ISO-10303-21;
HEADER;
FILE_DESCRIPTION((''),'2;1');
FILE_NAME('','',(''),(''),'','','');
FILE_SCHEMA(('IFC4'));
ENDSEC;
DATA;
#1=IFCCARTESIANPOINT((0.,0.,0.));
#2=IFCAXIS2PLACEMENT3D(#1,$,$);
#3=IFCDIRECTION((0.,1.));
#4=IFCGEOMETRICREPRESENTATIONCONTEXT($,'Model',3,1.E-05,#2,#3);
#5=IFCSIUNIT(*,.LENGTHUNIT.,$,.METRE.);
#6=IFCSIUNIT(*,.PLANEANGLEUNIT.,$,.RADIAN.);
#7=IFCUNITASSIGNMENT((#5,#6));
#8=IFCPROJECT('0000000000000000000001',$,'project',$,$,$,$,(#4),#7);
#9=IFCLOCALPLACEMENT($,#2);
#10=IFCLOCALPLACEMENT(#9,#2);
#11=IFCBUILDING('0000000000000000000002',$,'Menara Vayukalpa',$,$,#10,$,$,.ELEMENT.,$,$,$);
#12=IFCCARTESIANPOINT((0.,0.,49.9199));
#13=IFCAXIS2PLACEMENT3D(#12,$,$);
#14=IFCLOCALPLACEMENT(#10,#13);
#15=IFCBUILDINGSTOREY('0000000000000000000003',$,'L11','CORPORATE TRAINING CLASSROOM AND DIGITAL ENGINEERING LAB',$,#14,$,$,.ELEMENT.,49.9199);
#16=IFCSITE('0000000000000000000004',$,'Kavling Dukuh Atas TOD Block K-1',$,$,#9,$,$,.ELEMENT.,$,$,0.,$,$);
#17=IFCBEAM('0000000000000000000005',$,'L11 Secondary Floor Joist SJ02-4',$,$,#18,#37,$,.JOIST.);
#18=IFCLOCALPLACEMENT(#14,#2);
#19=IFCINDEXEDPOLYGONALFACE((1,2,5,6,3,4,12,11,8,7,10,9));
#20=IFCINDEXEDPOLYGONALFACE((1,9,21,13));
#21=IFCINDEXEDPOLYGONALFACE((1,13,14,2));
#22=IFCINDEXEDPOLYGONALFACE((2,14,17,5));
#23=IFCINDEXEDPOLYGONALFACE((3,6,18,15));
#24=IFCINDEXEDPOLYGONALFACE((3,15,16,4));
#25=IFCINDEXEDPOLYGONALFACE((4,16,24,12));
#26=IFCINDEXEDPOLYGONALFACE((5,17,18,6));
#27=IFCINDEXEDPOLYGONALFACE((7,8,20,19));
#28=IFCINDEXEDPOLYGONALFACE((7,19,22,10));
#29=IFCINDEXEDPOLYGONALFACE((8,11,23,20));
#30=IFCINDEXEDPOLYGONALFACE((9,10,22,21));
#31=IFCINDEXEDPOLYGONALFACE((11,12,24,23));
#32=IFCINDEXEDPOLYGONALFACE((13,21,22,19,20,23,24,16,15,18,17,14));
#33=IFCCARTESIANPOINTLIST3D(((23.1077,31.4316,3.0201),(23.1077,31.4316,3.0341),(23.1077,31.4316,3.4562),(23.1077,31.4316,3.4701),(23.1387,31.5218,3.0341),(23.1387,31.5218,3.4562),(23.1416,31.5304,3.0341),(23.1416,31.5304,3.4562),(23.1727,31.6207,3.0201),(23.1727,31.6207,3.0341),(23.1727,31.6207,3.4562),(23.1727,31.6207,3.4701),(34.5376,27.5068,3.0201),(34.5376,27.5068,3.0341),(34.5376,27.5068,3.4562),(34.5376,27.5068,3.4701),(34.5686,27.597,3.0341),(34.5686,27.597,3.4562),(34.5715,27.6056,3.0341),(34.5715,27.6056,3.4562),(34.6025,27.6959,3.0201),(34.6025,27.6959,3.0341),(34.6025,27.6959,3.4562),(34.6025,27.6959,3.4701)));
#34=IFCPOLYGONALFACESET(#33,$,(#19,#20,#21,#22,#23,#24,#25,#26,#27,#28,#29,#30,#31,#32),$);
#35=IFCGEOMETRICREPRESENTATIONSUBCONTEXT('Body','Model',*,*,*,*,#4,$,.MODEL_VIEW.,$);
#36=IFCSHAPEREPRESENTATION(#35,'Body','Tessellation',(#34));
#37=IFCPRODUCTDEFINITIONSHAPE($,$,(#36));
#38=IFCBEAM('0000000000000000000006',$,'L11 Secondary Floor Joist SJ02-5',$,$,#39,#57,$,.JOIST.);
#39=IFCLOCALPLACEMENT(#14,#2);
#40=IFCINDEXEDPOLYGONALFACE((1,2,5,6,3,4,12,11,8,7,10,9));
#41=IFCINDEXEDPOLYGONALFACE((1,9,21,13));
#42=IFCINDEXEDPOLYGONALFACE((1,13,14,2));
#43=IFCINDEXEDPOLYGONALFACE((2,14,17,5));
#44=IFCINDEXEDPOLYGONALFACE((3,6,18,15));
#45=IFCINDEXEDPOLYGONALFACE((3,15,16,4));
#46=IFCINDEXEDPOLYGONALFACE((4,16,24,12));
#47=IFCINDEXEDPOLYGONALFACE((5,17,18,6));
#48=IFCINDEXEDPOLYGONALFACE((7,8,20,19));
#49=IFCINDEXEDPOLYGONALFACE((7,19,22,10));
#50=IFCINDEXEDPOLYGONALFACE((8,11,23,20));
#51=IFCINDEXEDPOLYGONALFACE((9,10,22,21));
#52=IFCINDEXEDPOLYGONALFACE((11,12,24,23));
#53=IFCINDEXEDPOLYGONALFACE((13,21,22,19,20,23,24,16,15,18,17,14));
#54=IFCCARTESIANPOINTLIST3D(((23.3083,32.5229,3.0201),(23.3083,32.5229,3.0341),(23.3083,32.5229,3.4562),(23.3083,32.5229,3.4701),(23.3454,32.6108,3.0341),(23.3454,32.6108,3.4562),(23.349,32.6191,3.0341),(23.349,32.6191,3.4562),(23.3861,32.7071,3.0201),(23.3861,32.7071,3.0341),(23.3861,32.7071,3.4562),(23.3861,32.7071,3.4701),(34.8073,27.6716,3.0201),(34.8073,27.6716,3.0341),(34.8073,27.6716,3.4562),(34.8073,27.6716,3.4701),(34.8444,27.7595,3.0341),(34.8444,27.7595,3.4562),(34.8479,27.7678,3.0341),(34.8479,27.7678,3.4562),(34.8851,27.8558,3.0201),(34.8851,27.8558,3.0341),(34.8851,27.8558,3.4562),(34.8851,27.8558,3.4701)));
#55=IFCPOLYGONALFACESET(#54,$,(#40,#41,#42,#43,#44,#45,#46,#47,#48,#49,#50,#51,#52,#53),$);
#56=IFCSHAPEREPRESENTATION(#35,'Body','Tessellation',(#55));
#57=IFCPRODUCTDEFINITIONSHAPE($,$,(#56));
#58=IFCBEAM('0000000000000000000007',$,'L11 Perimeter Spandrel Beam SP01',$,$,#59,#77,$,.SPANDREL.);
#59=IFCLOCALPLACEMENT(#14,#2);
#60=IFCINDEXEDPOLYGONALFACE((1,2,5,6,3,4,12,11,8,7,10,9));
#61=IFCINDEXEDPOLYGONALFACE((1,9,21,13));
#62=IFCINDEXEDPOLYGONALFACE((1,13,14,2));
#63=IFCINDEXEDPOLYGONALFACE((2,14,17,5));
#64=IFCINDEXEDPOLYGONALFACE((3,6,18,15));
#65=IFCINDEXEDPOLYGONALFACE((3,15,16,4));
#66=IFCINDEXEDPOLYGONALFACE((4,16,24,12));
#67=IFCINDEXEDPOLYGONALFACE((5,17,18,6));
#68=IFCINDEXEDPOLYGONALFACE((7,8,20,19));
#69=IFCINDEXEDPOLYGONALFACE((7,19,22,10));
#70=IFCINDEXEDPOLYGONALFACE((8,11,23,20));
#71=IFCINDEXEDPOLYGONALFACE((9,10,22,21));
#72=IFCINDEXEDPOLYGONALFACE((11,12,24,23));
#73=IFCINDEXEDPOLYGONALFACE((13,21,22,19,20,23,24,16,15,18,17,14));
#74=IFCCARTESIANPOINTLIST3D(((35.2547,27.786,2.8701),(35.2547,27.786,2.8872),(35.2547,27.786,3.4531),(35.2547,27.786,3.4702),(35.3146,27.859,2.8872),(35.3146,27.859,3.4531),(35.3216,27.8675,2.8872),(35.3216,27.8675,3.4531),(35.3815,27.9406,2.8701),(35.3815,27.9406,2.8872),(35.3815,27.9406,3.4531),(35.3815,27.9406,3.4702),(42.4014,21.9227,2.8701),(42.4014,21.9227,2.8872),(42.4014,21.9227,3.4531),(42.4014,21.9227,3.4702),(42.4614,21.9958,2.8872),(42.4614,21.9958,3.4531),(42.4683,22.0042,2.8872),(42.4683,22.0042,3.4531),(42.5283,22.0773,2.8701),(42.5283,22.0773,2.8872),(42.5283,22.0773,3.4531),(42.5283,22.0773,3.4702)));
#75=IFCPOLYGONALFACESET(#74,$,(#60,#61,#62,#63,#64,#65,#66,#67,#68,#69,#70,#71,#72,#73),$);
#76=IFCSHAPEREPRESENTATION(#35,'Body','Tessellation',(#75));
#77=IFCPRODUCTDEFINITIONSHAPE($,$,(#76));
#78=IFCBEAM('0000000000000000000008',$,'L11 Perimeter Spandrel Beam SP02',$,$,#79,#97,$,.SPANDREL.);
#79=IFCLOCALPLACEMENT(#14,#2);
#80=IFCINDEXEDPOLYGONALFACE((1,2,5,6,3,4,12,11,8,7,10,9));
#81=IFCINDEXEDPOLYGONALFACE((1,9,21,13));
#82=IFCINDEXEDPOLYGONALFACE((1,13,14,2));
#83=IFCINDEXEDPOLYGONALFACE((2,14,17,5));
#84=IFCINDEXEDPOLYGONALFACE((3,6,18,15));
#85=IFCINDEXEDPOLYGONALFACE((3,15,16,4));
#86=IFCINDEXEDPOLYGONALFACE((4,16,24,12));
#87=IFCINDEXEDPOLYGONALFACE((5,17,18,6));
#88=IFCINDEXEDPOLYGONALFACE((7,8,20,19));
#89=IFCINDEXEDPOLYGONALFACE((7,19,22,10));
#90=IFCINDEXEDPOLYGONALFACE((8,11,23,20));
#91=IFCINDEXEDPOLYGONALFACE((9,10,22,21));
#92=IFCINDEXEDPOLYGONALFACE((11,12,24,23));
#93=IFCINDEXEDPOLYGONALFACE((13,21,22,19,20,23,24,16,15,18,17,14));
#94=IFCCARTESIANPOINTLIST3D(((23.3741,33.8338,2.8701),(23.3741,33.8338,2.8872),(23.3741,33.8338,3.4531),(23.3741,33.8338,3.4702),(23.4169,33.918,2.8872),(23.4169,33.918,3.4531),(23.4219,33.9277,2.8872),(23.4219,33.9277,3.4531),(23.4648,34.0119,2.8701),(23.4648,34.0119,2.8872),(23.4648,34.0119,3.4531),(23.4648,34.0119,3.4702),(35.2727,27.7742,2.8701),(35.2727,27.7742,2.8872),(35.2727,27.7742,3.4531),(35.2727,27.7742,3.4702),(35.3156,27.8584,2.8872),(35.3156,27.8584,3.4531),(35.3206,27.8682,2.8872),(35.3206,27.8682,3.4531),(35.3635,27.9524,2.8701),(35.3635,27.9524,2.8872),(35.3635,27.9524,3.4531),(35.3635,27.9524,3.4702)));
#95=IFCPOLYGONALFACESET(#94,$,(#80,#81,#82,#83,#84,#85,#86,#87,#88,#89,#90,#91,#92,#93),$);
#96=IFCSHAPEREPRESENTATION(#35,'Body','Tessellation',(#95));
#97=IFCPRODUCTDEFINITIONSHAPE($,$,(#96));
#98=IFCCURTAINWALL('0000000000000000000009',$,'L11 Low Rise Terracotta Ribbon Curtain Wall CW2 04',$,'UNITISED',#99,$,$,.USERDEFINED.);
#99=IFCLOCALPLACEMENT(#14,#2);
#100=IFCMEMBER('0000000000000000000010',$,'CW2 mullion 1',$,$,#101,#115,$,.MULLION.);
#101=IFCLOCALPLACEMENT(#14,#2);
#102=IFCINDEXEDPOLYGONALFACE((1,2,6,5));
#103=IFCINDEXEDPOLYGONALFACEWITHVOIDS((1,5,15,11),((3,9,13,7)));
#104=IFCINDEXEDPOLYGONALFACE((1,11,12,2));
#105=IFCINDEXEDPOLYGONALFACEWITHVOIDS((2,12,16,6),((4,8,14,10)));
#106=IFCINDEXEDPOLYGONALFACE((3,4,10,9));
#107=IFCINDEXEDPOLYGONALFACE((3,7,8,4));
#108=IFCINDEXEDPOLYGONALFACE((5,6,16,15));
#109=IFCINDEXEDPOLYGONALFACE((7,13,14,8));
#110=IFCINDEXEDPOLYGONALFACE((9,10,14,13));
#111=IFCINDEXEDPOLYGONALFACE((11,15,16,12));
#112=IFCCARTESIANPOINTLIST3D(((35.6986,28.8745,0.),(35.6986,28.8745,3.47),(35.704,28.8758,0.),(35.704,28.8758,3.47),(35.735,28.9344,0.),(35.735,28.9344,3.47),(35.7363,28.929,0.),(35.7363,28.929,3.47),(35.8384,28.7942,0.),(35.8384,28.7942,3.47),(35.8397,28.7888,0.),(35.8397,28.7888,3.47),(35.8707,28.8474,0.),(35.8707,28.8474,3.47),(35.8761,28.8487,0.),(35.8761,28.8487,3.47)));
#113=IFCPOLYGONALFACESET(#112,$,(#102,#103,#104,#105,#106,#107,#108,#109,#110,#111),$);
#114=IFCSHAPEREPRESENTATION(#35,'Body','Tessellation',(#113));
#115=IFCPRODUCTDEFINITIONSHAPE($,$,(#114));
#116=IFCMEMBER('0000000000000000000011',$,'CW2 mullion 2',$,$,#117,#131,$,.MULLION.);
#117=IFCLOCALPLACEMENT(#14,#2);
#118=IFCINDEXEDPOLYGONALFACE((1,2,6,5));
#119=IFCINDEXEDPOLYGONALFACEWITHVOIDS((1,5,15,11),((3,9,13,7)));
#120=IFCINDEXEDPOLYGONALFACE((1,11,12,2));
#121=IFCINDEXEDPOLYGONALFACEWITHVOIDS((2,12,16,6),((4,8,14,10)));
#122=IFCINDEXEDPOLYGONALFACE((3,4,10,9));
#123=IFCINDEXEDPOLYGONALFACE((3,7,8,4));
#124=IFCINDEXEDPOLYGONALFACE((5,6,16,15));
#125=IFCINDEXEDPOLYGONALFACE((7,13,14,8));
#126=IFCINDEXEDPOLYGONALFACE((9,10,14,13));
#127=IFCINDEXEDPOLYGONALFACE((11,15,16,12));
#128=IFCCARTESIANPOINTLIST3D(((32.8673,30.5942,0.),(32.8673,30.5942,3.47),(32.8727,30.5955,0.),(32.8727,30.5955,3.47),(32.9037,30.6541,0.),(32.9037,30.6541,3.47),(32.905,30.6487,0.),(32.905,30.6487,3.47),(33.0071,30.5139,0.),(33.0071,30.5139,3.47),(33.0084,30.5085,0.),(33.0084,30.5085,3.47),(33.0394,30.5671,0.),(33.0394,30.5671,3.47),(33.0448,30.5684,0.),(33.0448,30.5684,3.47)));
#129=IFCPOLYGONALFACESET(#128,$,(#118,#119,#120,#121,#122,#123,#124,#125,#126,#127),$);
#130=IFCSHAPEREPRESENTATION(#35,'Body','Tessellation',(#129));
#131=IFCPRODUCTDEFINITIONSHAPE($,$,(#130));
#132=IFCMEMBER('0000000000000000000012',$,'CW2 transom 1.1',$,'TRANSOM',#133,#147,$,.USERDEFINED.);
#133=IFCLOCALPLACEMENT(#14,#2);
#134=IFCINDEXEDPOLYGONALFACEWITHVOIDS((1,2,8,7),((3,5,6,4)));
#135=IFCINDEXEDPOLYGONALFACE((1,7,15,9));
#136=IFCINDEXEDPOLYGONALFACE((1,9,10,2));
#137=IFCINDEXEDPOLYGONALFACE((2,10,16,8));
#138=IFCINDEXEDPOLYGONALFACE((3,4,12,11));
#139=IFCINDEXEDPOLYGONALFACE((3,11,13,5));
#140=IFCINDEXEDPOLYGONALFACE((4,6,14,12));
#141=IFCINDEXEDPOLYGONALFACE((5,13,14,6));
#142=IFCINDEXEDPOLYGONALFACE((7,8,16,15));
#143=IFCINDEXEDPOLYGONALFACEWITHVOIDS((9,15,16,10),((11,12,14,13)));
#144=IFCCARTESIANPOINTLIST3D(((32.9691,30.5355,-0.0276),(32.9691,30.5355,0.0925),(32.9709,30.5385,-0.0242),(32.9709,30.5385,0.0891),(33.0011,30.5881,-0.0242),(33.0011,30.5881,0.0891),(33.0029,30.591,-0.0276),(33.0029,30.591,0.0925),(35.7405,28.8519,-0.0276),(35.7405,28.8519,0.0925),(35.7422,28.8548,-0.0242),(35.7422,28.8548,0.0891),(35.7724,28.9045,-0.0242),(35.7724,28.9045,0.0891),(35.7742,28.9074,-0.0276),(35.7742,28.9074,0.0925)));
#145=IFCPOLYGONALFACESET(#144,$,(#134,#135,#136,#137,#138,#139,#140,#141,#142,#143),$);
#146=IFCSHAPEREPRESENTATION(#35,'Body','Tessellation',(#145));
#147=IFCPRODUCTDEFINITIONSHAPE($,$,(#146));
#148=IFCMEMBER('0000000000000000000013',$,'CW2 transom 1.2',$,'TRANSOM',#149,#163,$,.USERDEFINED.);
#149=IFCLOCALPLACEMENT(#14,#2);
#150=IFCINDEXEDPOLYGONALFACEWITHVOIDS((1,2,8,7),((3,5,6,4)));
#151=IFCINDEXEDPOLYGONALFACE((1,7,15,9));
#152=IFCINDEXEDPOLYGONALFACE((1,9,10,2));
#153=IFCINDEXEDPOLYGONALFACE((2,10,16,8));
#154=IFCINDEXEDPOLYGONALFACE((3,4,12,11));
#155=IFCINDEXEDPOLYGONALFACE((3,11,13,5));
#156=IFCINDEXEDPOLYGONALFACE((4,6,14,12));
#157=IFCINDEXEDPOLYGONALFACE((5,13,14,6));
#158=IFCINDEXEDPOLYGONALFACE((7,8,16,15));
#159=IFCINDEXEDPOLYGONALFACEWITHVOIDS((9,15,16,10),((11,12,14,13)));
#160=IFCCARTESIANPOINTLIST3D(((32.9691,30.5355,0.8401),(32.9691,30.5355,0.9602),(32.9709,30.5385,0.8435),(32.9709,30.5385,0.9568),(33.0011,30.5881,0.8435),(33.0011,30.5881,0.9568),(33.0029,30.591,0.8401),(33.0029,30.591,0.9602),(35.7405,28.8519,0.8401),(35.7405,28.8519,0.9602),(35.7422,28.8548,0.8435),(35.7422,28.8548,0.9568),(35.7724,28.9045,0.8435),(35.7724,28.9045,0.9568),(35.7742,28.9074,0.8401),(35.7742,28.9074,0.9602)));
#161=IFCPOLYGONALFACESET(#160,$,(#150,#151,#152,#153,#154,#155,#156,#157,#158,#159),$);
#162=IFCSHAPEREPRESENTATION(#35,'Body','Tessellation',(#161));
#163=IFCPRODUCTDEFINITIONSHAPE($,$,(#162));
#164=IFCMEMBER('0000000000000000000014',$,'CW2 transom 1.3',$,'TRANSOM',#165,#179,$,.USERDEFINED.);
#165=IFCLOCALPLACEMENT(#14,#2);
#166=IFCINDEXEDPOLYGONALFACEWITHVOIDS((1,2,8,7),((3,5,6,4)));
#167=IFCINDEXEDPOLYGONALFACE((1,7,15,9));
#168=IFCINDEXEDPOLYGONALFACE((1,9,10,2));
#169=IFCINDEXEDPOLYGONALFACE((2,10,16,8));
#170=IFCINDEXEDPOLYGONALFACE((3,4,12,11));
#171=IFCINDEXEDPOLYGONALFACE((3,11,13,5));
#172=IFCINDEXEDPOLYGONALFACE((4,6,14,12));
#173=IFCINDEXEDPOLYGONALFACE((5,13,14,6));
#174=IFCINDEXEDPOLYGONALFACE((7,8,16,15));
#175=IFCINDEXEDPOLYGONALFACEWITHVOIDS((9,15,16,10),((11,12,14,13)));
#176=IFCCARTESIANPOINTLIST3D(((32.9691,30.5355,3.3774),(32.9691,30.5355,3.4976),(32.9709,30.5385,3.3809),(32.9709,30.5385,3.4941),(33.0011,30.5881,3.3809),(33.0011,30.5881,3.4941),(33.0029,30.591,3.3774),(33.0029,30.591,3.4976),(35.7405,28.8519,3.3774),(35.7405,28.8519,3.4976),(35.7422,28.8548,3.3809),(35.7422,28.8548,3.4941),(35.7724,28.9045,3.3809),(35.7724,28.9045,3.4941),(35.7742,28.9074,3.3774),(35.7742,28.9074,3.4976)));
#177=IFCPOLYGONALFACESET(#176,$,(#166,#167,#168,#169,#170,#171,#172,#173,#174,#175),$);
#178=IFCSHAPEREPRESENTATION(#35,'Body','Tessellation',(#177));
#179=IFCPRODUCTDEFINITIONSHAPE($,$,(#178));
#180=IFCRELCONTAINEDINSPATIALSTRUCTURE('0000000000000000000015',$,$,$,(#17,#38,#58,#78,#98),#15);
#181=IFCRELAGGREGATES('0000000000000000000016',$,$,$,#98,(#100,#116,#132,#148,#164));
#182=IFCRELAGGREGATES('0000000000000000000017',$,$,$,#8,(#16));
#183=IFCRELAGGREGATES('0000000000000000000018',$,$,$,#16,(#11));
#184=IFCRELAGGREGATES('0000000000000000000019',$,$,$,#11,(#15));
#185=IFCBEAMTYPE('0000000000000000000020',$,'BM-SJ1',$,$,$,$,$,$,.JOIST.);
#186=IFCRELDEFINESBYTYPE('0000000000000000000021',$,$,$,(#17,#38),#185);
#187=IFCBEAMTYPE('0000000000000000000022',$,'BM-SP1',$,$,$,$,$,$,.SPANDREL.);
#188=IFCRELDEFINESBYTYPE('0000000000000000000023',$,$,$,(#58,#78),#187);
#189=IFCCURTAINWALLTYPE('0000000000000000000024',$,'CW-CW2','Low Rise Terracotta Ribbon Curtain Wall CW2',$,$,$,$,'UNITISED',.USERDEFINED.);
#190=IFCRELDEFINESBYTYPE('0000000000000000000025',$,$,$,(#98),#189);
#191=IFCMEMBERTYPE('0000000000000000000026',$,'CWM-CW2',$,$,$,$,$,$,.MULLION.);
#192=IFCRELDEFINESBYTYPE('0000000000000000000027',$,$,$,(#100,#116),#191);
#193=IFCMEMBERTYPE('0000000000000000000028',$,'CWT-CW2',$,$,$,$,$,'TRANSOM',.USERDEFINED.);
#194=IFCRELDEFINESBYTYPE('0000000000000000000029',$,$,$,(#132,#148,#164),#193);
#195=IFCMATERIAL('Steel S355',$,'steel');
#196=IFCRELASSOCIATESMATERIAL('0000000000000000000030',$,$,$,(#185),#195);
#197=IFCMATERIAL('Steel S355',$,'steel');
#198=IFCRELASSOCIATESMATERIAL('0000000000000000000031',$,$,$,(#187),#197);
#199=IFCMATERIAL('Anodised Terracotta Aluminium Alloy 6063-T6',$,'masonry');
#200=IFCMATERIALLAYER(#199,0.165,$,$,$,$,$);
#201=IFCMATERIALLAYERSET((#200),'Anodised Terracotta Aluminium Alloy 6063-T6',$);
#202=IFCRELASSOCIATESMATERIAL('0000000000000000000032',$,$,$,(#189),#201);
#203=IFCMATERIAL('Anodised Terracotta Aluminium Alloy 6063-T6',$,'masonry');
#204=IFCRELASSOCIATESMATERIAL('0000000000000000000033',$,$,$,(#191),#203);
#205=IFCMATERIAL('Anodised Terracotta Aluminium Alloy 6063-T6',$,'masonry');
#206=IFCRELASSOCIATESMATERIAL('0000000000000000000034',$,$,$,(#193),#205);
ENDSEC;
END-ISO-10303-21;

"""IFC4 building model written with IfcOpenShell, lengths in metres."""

from ifc_helpers import new_model, si_unit, direction, frame, origin, origin_2d, place, context, subcontext, project, spatial, hollow_rectangle, i_section, extrude, material, layer, layer_set, material_profile, profile_set, type_object, element, aggregate, save


model = new_model("IFC4")

# Units and contexts
model_context = context("Model", 3, precision=1e-05, world=origin(), true_north=direction((0.0, 1.0)))
body_context = subcontext(model_context, "Body", "Model", "MODEL_VIEW")
ifc_project = project(units=[si_unit("LENGTHUNIT", "METRE"), si_unit("PLANEANGLEUNIT", "RADIAN")], contexts=[model_context])

# Site, building, storey
site_placement = place(None, origin())
site = spatial("IfcSite", under=ifc_project, at=site_placement, Name="Kavling Dukuh Atas TOD Block K-1", CompositionType="ELEMENT", RefElevation=0.0)
building_placement = place(site_placement, origin())
building = spatial("IfcBuilding", under=site, at=building_placement, Name="Menara Vayukalpa", CompositionType="ELEMENT")
storey_placement = place(building_placement, frame((0.0, 0.0, 49.9199)))
storey = spatial("IfcBuildingStorey", under=building, at=storey_placement, Name="L11", Description="CORPORATE TRAINING CLASSROOM AND DIGITAL ENGINEERING LAB", CompositionType="ELEMENT", Elevation=49.9199)

# Beams
ifc_material_1 = material(Name="Steel S355", Category="steel")
ifc_material_profile_1 = material_profile(ifc_material_1, i_section(OverallWidth=0.2, OverallDepth=0.45, WebThickness=0.009, FlangeThickness=0.0139, at=origin_2d()), Name="WF 450x200x9x14")
ifc_profile_set_1 = profile_set([ifc_material_profile_1], Name="Steel S355")
beam_type_1 = type_object("IfcBeamType", Name="BM-SJ1", PredefinedType="JOIST", material=ifc_profile_set_1)
beam_1_placement = place(storey_placement, frame((34.5701, 27.6013, 3.2451), z_axis=(-0.945794, 0.324766, 0.0), x_axis=(-0.324766, -0.945794, 0.0)))
element("IfcBeam", 1, at=beam_1_placement, inside=storey, type_object=beam_type_1, Name="L11 Secondary Floor Joist SJ02-4", PredefinedType="JOIST", context=body_context, shape_type="SweptSolid", body=[
    extrude(i_section(OverallWidth=0.2, OverallDepth=0.45, WebThickness=0.009, FlangeThickness=0.0139, at=origin_2d()), origin(), (0.0, 0.0, 1.0), 12.085),
])
beam_2_placement = place(storey_placement, frame((34.8462, 27.7637, 3.2451), z_axis=(-0.921359, 0.388712, 0.0), x_axis=(-0.388712, -0.921359, 0.0)))
element("IfcBeam", 2, at=beam_2_placement, inside=storey, type_object=beam_type_1, Name="L11 Secondary Floor Joist SJ02-5", PredefinedType="JOIST", context=body_context, shape_type="SweptSolid", body=[
    extrude(i_section(OverallWidth=0.2, OverallDepth=0.45, WebThickness=0.009, FlangeThickness=0.0139, at=origin_2d()), origin(), (0.0, 0.0, 1.0), 12.4805),
])
ifc_material_2 = material(Name="Steel S355", Category="steel")
ifc_material_profile_2 = material_profile(ifc_material_2, i_section(OverallWidth=0.2, OverallDepth=0.6001, WebThickness=0.011, FlangeThickness=0.0171, at=origin_2d()), Name="WF 600x200x11x17")
ifc_profile_set_2 = profile_set([ifc_material_profile_2], Name="Steel S355")
beam_type_2 = type_object("IfcBeamType", Name="BM-SP1", PredefinedType="SPANDREL", material=ifc_profile_set_2)
beam_3_placement = place(storey_placement, frame((42.4648, 22.0, 3.1702), z_axis=(-0.773111, 0.634271, 0.0), x_axis=(-0.634271, -0.773111, 0.0)))
element("IfcBeam", 3, at=beam_3_placement, inside=storey, type_object=beam_type_2, Name="L11 Perimeter Spandrel Beam SP01", PredefinedType="SPANDREL", context=body_context, shape_type="SweptSolid", body=[
    extrude(i_section(OverallWidth=0.2, OverallDepth=0.6001, WebThickness=0.011, FlangeThickness=0.0171, at=origin_2d()), origin(), (0.0, 0.0, 1.0), 9.2441),
])
beam_4_placement = place(storey_placement, frame((35.3181, 27.8633, 3.1702), z_axis=(-0.891101, 0.453806, 0.0), x_axis=(-0.453806, -0.891101, 0.0)))
element("IfcBeam", 4, at=beam_4_placement, inside=storey, type_object=beam_type_2, Name="L11 Perimeter Spandrel Beam SP02", PredefinedType="SPANDREL", context=body_context, shape_type="SweptSolid", body=[
    extrude(i_section(OverallWidth=0.2, OverallDepth=0.6001, WebThickness=0.011, FlangeThickness=0.0171, at=origin_2d()), origin(), (0.0, 0.0, 1.0), 13.3528),
])

# Curtain wall, members
ifc_material_3 = material(Name="Anodised Terracotta Aluminium Alloy 6063-T6", Category="masonry")
ifc_layer_1 = layer(ifc_material_3, 0.165)
ifc_layer_set_1 = layer_set([ifc_layer_1], Name="Anodised Terracotta Aluminium Alloy 6063-T6")
curtain_wall_type = type_object("IfcCurtainWallType", Name="CW-CW2", Description="Low Rise Terracotta Ribbon Curtain Wall CW2", ElementType="UNITISED", PredefinedType="USERDEFINED", material=ifc_layer_set_1)
curtain_wall_placement = place(storey_placement, origin())
curtain_wall = element("IfcCurtainWall", 5, at=curtain_wall_placement, inside=storey, type_object=curtain_wall_type, Name="L11 Low Rise Terracotta Ribbon Curtain Wall CW2 04", ObjectType="UNITISED", PredefinedType="USERDEFINED")
ifc_material_4 = material(Name="Anodised Terracotta Aluminium Alloy 6063-T6", Category="masonry")
ifc_material_profile_3 = material_profile(ifc_material_4, hollow_rectangle(XDim=0.0701, YDim=0.165, WallThickness=0.0039, at=origin_2d()), Name="ALU 70x165x4")
ifc_profile_set_3 = profile_set([ifc_material_profile_3], Name="Anodised Terracotta Aluminium Alloy 6063-T6")
member_type_1 = type_object("IfcMemberType", Name="CWM-CW2", PredefinedType="MULLION", material=ifc_profile_set_3)
member_1_placement = place(storey_placement, frame((35.7874, 28.8616, 0.0), z_axis=(0.0, 0.0, 1.0), x_axis=(-0.519182, -0.854664, 0.0)))
member_1 = element("IfcMember", 6, at=member_1_placement, type_object=member_type_1, Name="CW2 mullion 1", PredefinedType="MULLION", context=body_context, shape_type="SweptSolid", body=[
    extrude(hollow_rectangle(XDim=0.0701, YDim=0.165, WallThickness=0.0039, at=origin_2d()), origin(), (0.0, 0.0, 1.0), 3.47),
])
member_2_placement = place(storey_placement, frame((32.9561, 30.5813, 0.0), z_axis=(0.0, 0.0, 1.0), x_axis=(-0.519182, -0.854664, 0.0)))
member_2 = element("IfcMember", 7, at=member_2_placement, type_object=member_type_1, Name="CW2 mullion 2", PredefinedType="MULLION", context=body_context, shape_type="SweptSolid", body=[
    extrude(hollow_rectangle(XDim=0.0701, YDim=0.165, WallThickness=0.0039, at=origin_2d()), origin(), (0.0, 0.0, 1.0), 3.47),
])
ifc_material_5 = material(Name="Anodised Terracotta Aluminium Alloy 6063-T6", Category="masonry")
ifc_material_profile_4 = material_profile(ifc_material_5, hollow_rectangle(XDim=0.0649, YDim=0.1201, WallThickness=0.0034, at=origin_2d()), Name="ALU 65x120x3.5")
ifc_profile_set_4 = profile_set([ifc_material_profile_4], Name="Anodised Terracotta Aluminium Alloy 6063-T6")
member_type_2 = type_object("IfcMemberType", Name="CWT-CW2", ElementType="TRANSOM", PredefinedType="USERDEFINED", material=ifc_profile_set_4)
member_3_placement = place(storey_placement, frame((35.7573, 28.8796, 0.0325), z_axis=(-0.854643, 0.519216, 0.0), x_axis=(-0.519216, -0.854643, 0.0)))
member_3 = element("IfcMember", 8, at=member_3_placement, type_object=member_type_2, Name="CW2 transom 1.1", ObjectType="TRANSOM", PredefinedType="USERDEFINED", context=body_context, shape_type="SweptSolid", body=[
    extrude(hollow_rectangle(XDim=0.0649, YDim=0.1201, WallThickness=0.0034, at=origin_2d()), origin(), (0.0, 0.0, 1.0), 3.2427),
])
member_4_placement = place(storey_placement, frame((35.7573, 28.8796, 0.9001), z_axis=(-0.854643, 0.519216, 0.0), x_axis=(-0.519216, -0.854643, 0.0)))
member_4 = element("IfcMember", 9, at=member_4_placement, type_object=member_type_2, Name="CW2 transom 1.2", ObjectType="TRANSOM", PredefinedType="USERDEFINED", context=body_context, shape_type="SweptSolid", body=[
    extrude(hollow_rectangle(XDim=0.0649, YDim=0.1201, WallThickness=0.0034, at=origin_2d()), origin(), (0.0, 0.0, 1.0), 3.2427),
])
member_5_placement = place(storey_placement, frame((35.7573, 28.8796, 3.4375), z_axis=(-0.854643, 0.519216, 0.0), x_axis=(-0.519216, -0.854643, 0.0)))
member_5 = element("IfcMember", 10, at=member_5_placement, type_object=member_type_2, Name="CW2 transom 1.3", ObjectType="TRANSOM", PredefinedType="USERDEFINED", context=body_context, shape_type="SweptSolid", body=[
    extrude(hollow_rectangle(XDim=0.0649, YDim=0.1201, WallThickness=0.0034, at=origin_2d()), origin(), (0.0, 0.0, 1.0), 3.2427),
])
aggregate(curtain_wall, [member_1, member_2, member_3, member_4, member_5])

save(model, "model.ifc")
